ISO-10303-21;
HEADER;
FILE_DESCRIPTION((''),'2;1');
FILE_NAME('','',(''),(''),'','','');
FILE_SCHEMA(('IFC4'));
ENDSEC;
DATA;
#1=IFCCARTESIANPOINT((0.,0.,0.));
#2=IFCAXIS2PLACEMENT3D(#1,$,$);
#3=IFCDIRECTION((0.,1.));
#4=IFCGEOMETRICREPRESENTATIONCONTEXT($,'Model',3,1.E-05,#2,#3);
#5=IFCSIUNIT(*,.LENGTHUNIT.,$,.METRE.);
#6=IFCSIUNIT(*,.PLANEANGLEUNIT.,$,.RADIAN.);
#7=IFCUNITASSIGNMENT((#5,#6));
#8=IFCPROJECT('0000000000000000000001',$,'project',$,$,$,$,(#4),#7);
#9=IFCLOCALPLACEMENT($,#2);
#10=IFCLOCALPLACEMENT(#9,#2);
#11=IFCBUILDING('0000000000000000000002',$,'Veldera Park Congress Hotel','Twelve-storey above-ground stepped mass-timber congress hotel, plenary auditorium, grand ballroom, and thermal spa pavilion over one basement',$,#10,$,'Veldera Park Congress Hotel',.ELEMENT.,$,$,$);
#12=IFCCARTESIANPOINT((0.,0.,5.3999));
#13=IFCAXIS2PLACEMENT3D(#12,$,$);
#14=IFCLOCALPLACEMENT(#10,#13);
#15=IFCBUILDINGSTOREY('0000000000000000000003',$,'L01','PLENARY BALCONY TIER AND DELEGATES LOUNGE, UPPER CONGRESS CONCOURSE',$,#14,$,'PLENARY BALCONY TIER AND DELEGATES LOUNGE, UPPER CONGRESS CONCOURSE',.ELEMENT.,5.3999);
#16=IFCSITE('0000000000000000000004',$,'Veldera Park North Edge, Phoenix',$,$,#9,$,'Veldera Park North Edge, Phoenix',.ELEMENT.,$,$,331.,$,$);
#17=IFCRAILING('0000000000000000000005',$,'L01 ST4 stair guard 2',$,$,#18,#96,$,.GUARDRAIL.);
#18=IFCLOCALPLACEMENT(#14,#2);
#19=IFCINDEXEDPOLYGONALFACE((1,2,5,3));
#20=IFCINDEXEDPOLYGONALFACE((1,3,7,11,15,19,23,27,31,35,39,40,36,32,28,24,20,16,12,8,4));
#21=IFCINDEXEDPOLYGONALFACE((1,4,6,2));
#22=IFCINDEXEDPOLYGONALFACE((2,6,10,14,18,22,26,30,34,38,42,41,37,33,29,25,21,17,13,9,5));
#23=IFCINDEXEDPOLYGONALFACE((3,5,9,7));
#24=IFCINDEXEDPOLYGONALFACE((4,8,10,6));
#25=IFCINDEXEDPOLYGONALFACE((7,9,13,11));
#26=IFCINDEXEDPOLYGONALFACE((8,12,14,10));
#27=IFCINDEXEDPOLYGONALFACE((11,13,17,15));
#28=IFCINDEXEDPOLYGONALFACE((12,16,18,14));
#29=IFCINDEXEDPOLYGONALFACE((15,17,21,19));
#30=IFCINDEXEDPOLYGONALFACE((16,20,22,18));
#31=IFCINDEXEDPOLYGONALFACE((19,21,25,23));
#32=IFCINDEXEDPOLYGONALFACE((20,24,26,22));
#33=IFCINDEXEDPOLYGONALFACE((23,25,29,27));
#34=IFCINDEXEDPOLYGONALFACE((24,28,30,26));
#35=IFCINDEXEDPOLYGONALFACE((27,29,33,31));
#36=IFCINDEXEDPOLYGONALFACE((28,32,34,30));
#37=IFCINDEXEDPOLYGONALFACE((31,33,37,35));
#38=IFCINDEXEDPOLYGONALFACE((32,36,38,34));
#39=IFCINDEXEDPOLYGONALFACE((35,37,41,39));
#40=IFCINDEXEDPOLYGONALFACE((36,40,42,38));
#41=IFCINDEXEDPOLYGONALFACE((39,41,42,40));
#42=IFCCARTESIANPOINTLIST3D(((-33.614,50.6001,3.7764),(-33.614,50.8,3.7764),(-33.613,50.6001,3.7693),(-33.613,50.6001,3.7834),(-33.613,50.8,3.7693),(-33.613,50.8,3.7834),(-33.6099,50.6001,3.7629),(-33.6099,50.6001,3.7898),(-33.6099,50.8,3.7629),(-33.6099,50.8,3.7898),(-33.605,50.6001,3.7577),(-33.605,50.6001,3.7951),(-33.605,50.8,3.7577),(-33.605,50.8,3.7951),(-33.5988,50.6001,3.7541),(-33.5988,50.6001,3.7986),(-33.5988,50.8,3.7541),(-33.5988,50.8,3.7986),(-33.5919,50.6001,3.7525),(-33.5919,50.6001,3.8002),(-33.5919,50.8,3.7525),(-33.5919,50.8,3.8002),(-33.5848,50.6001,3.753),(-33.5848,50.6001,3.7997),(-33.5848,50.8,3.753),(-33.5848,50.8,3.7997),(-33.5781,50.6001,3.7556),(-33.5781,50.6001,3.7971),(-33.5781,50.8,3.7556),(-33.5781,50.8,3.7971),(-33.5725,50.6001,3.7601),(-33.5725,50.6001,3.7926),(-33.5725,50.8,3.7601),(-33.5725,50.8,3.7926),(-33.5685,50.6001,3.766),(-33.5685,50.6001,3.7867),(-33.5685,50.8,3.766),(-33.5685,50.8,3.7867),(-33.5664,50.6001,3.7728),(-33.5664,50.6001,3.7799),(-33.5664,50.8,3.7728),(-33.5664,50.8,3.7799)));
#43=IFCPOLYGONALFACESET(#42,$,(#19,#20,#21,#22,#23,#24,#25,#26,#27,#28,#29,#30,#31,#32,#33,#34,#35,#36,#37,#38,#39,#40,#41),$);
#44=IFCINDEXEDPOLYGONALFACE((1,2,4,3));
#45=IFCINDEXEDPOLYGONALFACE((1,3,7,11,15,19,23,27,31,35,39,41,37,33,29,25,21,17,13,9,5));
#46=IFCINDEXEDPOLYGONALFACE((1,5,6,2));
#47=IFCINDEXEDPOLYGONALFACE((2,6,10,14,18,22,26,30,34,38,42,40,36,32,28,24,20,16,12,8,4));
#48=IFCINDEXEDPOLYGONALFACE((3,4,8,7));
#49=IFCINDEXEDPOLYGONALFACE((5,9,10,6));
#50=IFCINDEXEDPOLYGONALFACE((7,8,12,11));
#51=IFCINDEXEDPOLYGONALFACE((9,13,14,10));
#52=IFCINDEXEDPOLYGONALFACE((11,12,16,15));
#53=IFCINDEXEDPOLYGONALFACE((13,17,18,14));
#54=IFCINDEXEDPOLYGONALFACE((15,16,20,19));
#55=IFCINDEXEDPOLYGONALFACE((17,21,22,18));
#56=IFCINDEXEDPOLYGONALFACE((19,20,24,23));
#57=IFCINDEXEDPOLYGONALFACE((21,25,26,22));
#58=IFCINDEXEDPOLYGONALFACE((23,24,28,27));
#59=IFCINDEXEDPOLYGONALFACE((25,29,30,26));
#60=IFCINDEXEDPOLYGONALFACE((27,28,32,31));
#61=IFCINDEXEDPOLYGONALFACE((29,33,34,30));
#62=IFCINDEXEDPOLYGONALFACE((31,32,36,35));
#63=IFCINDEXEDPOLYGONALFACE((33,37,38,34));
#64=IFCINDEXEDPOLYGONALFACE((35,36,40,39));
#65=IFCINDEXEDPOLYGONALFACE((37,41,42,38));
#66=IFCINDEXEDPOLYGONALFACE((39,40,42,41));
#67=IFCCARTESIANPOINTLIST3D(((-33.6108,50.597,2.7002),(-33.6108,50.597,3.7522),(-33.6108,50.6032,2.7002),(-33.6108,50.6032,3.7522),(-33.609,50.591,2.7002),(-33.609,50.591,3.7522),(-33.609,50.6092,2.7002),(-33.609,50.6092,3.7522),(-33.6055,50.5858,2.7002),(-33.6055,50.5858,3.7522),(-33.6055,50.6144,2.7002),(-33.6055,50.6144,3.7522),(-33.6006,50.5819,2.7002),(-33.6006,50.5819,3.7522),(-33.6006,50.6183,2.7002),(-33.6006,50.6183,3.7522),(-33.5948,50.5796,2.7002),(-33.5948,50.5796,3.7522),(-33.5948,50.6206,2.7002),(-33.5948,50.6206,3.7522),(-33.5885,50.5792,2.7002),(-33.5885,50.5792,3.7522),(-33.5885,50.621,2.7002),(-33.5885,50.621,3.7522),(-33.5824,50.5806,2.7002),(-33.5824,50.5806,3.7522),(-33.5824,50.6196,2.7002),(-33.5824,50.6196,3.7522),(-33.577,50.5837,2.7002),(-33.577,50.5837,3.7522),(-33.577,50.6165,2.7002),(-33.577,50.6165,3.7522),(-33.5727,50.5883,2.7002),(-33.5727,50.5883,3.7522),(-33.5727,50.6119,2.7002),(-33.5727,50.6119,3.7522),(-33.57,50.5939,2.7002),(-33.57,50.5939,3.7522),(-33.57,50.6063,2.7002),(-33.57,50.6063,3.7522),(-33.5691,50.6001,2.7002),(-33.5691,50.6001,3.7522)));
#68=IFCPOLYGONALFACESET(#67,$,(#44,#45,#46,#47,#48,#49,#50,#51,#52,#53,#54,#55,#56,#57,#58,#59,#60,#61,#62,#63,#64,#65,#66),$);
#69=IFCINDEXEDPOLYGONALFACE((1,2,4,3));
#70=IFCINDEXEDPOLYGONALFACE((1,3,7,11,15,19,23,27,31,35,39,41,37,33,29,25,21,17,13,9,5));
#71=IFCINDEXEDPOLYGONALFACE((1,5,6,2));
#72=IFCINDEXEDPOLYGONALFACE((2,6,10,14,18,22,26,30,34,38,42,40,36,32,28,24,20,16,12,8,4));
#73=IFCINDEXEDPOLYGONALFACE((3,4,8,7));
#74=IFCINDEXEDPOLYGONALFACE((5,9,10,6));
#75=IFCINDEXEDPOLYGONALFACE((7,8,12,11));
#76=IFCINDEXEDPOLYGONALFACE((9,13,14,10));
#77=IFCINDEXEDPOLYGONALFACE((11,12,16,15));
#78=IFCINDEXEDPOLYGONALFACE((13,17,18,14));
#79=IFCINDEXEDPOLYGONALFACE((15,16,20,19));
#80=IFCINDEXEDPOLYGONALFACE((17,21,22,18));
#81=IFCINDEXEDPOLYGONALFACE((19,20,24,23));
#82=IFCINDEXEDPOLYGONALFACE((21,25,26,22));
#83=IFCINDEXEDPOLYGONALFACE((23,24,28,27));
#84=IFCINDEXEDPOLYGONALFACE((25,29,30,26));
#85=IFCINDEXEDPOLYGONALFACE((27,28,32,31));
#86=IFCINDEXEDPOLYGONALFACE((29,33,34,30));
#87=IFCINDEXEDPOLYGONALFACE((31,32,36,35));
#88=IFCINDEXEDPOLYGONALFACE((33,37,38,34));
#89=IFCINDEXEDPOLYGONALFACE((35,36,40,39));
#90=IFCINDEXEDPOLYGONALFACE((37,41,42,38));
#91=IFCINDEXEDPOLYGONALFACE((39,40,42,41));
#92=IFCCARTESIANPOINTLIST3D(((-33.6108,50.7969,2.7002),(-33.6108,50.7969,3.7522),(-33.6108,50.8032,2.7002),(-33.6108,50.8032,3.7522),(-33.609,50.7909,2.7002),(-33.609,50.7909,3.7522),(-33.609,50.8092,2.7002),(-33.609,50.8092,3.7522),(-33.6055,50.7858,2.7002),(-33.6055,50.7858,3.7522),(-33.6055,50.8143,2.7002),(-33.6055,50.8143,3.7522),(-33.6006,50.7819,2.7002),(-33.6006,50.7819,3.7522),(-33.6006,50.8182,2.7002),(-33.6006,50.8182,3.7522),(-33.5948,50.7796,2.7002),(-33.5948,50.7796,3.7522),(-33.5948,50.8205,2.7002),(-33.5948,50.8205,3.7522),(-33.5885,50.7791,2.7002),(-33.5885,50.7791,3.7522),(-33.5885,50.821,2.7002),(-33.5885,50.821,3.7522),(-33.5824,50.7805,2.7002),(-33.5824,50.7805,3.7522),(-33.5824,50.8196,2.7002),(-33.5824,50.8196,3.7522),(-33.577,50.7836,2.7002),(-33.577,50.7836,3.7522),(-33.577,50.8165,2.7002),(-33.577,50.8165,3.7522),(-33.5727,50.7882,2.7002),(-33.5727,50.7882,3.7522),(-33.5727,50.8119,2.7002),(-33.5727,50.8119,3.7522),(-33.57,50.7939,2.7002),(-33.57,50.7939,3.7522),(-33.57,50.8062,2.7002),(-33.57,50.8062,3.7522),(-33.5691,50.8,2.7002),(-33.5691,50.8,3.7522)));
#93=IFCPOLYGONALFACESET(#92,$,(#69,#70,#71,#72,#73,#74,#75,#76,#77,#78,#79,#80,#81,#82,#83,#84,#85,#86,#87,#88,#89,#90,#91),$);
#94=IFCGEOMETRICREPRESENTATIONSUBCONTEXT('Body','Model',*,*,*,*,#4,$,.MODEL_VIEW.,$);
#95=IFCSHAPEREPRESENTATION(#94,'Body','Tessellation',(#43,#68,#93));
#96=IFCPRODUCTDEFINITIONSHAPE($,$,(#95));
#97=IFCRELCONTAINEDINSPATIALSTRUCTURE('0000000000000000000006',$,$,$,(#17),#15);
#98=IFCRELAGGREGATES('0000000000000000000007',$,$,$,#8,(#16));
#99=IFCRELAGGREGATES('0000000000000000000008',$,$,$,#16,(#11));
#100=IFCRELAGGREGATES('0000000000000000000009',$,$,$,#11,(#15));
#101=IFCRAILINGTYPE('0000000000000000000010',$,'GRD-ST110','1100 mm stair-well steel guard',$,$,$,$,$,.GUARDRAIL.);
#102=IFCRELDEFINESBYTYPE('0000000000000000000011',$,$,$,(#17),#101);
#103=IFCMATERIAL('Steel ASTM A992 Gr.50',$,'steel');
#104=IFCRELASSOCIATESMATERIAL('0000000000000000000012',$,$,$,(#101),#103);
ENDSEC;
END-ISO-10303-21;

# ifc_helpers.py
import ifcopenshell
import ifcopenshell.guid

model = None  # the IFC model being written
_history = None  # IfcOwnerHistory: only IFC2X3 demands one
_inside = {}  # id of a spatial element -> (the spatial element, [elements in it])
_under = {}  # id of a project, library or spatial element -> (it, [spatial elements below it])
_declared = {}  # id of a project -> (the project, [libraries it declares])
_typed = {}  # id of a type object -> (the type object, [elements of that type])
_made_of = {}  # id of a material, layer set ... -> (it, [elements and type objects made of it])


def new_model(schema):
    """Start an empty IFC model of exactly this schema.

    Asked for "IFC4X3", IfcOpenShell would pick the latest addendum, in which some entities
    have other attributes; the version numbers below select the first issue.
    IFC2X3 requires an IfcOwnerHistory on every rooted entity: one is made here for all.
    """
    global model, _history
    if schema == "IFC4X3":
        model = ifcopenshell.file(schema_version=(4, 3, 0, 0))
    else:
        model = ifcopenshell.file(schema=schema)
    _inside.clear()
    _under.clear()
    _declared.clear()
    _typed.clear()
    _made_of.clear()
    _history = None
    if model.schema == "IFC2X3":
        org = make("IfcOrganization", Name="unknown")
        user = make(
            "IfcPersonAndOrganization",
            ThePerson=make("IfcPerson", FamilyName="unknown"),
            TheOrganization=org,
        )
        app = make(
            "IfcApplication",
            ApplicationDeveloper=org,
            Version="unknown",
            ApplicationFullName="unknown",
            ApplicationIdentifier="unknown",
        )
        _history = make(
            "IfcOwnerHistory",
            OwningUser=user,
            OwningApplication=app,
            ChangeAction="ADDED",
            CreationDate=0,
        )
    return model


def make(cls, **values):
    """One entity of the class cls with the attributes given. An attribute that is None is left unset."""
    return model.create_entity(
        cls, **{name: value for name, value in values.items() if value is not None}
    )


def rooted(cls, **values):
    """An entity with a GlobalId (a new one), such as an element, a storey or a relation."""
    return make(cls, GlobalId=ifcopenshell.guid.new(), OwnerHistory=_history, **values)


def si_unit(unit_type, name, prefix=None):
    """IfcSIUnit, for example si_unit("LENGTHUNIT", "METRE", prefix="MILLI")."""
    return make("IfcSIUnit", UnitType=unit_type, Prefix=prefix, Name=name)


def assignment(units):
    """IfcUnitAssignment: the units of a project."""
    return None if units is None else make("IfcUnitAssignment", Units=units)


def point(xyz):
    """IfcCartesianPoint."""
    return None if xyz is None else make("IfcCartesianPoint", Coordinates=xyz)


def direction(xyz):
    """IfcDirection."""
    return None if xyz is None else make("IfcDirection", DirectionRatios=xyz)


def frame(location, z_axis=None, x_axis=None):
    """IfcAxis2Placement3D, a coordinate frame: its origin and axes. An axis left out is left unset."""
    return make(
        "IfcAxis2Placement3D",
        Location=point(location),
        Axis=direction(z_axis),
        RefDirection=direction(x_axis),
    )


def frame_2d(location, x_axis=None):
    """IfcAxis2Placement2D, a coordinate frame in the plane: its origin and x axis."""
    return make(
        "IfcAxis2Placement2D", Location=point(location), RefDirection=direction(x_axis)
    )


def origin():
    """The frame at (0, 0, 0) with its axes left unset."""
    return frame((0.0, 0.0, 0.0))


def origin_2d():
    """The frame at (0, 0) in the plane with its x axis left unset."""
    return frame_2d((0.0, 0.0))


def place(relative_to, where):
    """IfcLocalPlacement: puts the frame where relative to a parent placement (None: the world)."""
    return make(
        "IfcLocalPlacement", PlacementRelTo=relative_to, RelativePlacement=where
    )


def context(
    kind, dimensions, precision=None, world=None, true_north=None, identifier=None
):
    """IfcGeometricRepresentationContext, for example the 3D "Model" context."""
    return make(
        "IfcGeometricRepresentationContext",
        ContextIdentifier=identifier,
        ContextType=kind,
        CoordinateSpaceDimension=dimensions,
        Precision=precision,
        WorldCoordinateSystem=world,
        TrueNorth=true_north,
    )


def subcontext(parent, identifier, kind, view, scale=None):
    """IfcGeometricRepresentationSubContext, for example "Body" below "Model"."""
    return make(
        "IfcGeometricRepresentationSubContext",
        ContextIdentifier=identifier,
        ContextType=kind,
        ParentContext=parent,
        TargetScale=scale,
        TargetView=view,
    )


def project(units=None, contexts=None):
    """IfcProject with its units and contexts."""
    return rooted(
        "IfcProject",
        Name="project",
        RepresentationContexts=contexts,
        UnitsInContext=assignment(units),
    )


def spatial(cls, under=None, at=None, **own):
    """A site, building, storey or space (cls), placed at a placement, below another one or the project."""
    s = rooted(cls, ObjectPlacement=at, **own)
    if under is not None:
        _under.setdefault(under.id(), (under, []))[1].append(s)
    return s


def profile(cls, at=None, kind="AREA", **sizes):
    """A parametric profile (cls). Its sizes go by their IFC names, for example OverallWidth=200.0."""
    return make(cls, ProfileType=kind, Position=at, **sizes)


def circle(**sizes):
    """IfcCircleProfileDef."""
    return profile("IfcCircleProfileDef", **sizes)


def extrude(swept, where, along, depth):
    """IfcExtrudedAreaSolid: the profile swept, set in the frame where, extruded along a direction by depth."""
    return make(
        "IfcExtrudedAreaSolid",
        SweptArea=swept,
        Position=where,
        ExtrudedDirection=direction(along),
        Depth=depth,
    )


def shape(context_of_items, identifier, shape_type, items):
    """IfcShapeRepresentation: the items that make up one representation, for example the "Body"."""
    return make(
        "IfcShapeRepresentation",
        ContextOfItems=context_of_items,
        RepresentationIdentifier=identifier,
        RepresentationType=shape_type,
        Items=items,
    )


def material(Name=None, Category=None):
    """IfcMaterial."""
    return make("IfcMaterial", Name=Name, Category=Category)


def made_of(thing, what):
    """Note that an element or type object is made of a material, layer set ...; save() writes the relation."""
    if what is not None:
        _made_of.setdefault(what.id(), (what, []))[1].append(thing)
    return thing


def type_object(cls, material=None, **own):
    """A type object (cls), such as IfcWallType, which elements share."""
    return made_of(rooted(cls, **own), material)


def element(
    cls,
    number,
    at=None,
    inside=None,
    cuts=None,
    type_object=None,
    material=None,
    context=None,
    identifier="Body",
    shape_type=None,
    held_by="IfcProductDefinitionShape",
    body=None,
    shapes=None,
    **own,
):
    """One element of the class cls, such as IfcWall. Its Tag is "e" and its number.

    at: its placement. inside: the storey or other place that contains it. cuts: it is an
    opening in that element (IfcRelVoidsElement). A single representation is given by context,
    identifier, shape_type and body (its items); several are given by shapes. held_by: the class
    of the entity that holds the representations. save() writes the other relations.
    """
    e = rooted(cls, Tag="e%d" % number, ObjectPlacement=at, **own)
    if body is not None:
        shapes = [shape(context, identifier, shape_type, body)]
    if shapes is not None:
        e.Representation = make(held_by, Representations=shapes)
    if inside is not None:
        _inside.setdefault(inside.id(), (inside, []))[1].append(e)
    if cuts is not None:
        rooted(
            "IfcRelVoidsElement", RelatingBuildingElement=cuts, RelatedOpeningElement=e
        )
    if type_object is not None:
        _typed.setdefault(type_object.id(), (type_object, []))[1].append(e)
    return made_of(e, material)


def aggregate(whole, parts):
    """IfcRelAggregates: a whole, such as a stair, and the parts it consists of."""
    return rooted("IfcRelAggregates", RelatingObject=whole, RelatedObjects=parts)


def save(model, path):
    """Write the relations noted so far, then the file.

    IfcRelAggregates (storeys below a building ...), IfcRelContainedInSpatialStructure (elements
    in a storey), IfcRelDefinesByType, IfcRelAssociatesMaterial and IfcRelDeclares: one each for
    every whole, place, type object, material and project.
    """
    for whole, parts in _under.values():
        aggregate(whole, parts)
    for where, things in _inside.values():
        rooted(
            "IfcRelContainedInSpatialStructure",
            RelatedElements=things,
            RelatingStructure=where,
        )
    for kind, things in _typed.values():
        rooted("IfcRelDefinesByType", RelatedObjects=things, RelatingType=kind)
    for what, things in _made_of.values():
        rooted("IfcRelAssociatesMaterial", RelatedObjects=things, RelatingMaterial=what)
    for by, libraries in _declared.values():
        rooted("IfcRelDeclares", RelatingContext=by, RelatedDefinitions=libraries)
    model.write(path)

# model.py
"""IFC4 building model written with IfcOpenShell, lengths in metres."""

from ifc_helpers import new_model, si_unit, direction, frame, origin, origin_2d, place, context, subcontext, project, spatial, circle, extrude, material, type_object, element, save


model = new_model("IFC4")

# Units and contexts
model_context = context("Model", 3, precision=1e-05, world=origin(), true_north=direction((0.0, 1.0)))
body_context = subcontext(model_context, "Body", "Model", "MODEL_VIEW")
ifc_project = project(units=[si_unit("LENGTHUNIT", "METRE"), si_unit("PLANEANGLEUNIT", "RADIAN")], contexts=[model_context])

# Site, building, storey
site_placement = place(None, origin())
site = spatial("IfcSite", under=ifc_project, at=site_placement, Name="Veldera Park North Edge, Phoenix", LongName="Veldera Park North Edge, Phoenix", CompositionType="ELEMENT", RefElevation=331.0)
building_placement = place(site_placement, origin())
building = spatial("IfcBuilding", under=site, at=building_placement, Name="Veldera Park Congress Hotel", Description="Twelve-storey above-ground stepped mass-timber congress hotel, plenary auditorium, grand ballroom, and thermal spa pavilion over one basement", LongName="Veldera Park Congress Hotel", CompositionType="ELEMENT")
storey_placement = place(building_placement, frame((0.0, 0.0, 5.3999)))
storey = spatial("IfcBuildingStorey", under=building, at=storey_placement, Name="L01", Description="PLENARY BALCONY TIER AND DELEGATES LOUNGE, UPPER CONGRESS CONCOURSE", LongName="PLENARY BALCONY TIER AND DELEGATES LOUNGE, UPPER CONGRESS CONCOURSE", CompositionType="ELEMENT", Elevation=5.3999)

# Shared definitions
ifc_material_1 = material(Name="Steel ASTM A992 Gr.50", Category="steel")

# Railing
railing_type_1 = type_object("IfcRailingType", Name="GRD-ST110", Description="1100 mm stair-well steel guard", PredefinedType="GUARDRAIL", material=ifc_material_1)
railing_1_placement = place(storey_placement, frame((-33.5901, 50.6001, 2.7002)))
element("IfcRailing", 1, at=railing_1_placement, inside=storey, type_object=railing_type_1, Name="L01 ST4 stair guard 2", PredefinedType="GUARDRAIL", context=body_context, shape_type="SweptSolid", body=[
    extrude(circle(Radius=0.0239, at=origin_2d()), frame((0.0, 0.0, 1.0762), z_axis=(0.0, 1.0, 0.0), x_axis=(-1.0, 0.0, 0.0)), (0.0, 0.0, 1.0), 0.2),
    extrude(circle(Radius=0.021, at=origin_2d()), origin(), (0.0, 0.0, 1.0), 1.052),
    extrude(circle(Radius=0.021, at=origin_2d()), frame((0.0, 0.2, 0.0)), (0.0, 0.0, 1.0), 1.052),
])

save(model, "model.ifc")
